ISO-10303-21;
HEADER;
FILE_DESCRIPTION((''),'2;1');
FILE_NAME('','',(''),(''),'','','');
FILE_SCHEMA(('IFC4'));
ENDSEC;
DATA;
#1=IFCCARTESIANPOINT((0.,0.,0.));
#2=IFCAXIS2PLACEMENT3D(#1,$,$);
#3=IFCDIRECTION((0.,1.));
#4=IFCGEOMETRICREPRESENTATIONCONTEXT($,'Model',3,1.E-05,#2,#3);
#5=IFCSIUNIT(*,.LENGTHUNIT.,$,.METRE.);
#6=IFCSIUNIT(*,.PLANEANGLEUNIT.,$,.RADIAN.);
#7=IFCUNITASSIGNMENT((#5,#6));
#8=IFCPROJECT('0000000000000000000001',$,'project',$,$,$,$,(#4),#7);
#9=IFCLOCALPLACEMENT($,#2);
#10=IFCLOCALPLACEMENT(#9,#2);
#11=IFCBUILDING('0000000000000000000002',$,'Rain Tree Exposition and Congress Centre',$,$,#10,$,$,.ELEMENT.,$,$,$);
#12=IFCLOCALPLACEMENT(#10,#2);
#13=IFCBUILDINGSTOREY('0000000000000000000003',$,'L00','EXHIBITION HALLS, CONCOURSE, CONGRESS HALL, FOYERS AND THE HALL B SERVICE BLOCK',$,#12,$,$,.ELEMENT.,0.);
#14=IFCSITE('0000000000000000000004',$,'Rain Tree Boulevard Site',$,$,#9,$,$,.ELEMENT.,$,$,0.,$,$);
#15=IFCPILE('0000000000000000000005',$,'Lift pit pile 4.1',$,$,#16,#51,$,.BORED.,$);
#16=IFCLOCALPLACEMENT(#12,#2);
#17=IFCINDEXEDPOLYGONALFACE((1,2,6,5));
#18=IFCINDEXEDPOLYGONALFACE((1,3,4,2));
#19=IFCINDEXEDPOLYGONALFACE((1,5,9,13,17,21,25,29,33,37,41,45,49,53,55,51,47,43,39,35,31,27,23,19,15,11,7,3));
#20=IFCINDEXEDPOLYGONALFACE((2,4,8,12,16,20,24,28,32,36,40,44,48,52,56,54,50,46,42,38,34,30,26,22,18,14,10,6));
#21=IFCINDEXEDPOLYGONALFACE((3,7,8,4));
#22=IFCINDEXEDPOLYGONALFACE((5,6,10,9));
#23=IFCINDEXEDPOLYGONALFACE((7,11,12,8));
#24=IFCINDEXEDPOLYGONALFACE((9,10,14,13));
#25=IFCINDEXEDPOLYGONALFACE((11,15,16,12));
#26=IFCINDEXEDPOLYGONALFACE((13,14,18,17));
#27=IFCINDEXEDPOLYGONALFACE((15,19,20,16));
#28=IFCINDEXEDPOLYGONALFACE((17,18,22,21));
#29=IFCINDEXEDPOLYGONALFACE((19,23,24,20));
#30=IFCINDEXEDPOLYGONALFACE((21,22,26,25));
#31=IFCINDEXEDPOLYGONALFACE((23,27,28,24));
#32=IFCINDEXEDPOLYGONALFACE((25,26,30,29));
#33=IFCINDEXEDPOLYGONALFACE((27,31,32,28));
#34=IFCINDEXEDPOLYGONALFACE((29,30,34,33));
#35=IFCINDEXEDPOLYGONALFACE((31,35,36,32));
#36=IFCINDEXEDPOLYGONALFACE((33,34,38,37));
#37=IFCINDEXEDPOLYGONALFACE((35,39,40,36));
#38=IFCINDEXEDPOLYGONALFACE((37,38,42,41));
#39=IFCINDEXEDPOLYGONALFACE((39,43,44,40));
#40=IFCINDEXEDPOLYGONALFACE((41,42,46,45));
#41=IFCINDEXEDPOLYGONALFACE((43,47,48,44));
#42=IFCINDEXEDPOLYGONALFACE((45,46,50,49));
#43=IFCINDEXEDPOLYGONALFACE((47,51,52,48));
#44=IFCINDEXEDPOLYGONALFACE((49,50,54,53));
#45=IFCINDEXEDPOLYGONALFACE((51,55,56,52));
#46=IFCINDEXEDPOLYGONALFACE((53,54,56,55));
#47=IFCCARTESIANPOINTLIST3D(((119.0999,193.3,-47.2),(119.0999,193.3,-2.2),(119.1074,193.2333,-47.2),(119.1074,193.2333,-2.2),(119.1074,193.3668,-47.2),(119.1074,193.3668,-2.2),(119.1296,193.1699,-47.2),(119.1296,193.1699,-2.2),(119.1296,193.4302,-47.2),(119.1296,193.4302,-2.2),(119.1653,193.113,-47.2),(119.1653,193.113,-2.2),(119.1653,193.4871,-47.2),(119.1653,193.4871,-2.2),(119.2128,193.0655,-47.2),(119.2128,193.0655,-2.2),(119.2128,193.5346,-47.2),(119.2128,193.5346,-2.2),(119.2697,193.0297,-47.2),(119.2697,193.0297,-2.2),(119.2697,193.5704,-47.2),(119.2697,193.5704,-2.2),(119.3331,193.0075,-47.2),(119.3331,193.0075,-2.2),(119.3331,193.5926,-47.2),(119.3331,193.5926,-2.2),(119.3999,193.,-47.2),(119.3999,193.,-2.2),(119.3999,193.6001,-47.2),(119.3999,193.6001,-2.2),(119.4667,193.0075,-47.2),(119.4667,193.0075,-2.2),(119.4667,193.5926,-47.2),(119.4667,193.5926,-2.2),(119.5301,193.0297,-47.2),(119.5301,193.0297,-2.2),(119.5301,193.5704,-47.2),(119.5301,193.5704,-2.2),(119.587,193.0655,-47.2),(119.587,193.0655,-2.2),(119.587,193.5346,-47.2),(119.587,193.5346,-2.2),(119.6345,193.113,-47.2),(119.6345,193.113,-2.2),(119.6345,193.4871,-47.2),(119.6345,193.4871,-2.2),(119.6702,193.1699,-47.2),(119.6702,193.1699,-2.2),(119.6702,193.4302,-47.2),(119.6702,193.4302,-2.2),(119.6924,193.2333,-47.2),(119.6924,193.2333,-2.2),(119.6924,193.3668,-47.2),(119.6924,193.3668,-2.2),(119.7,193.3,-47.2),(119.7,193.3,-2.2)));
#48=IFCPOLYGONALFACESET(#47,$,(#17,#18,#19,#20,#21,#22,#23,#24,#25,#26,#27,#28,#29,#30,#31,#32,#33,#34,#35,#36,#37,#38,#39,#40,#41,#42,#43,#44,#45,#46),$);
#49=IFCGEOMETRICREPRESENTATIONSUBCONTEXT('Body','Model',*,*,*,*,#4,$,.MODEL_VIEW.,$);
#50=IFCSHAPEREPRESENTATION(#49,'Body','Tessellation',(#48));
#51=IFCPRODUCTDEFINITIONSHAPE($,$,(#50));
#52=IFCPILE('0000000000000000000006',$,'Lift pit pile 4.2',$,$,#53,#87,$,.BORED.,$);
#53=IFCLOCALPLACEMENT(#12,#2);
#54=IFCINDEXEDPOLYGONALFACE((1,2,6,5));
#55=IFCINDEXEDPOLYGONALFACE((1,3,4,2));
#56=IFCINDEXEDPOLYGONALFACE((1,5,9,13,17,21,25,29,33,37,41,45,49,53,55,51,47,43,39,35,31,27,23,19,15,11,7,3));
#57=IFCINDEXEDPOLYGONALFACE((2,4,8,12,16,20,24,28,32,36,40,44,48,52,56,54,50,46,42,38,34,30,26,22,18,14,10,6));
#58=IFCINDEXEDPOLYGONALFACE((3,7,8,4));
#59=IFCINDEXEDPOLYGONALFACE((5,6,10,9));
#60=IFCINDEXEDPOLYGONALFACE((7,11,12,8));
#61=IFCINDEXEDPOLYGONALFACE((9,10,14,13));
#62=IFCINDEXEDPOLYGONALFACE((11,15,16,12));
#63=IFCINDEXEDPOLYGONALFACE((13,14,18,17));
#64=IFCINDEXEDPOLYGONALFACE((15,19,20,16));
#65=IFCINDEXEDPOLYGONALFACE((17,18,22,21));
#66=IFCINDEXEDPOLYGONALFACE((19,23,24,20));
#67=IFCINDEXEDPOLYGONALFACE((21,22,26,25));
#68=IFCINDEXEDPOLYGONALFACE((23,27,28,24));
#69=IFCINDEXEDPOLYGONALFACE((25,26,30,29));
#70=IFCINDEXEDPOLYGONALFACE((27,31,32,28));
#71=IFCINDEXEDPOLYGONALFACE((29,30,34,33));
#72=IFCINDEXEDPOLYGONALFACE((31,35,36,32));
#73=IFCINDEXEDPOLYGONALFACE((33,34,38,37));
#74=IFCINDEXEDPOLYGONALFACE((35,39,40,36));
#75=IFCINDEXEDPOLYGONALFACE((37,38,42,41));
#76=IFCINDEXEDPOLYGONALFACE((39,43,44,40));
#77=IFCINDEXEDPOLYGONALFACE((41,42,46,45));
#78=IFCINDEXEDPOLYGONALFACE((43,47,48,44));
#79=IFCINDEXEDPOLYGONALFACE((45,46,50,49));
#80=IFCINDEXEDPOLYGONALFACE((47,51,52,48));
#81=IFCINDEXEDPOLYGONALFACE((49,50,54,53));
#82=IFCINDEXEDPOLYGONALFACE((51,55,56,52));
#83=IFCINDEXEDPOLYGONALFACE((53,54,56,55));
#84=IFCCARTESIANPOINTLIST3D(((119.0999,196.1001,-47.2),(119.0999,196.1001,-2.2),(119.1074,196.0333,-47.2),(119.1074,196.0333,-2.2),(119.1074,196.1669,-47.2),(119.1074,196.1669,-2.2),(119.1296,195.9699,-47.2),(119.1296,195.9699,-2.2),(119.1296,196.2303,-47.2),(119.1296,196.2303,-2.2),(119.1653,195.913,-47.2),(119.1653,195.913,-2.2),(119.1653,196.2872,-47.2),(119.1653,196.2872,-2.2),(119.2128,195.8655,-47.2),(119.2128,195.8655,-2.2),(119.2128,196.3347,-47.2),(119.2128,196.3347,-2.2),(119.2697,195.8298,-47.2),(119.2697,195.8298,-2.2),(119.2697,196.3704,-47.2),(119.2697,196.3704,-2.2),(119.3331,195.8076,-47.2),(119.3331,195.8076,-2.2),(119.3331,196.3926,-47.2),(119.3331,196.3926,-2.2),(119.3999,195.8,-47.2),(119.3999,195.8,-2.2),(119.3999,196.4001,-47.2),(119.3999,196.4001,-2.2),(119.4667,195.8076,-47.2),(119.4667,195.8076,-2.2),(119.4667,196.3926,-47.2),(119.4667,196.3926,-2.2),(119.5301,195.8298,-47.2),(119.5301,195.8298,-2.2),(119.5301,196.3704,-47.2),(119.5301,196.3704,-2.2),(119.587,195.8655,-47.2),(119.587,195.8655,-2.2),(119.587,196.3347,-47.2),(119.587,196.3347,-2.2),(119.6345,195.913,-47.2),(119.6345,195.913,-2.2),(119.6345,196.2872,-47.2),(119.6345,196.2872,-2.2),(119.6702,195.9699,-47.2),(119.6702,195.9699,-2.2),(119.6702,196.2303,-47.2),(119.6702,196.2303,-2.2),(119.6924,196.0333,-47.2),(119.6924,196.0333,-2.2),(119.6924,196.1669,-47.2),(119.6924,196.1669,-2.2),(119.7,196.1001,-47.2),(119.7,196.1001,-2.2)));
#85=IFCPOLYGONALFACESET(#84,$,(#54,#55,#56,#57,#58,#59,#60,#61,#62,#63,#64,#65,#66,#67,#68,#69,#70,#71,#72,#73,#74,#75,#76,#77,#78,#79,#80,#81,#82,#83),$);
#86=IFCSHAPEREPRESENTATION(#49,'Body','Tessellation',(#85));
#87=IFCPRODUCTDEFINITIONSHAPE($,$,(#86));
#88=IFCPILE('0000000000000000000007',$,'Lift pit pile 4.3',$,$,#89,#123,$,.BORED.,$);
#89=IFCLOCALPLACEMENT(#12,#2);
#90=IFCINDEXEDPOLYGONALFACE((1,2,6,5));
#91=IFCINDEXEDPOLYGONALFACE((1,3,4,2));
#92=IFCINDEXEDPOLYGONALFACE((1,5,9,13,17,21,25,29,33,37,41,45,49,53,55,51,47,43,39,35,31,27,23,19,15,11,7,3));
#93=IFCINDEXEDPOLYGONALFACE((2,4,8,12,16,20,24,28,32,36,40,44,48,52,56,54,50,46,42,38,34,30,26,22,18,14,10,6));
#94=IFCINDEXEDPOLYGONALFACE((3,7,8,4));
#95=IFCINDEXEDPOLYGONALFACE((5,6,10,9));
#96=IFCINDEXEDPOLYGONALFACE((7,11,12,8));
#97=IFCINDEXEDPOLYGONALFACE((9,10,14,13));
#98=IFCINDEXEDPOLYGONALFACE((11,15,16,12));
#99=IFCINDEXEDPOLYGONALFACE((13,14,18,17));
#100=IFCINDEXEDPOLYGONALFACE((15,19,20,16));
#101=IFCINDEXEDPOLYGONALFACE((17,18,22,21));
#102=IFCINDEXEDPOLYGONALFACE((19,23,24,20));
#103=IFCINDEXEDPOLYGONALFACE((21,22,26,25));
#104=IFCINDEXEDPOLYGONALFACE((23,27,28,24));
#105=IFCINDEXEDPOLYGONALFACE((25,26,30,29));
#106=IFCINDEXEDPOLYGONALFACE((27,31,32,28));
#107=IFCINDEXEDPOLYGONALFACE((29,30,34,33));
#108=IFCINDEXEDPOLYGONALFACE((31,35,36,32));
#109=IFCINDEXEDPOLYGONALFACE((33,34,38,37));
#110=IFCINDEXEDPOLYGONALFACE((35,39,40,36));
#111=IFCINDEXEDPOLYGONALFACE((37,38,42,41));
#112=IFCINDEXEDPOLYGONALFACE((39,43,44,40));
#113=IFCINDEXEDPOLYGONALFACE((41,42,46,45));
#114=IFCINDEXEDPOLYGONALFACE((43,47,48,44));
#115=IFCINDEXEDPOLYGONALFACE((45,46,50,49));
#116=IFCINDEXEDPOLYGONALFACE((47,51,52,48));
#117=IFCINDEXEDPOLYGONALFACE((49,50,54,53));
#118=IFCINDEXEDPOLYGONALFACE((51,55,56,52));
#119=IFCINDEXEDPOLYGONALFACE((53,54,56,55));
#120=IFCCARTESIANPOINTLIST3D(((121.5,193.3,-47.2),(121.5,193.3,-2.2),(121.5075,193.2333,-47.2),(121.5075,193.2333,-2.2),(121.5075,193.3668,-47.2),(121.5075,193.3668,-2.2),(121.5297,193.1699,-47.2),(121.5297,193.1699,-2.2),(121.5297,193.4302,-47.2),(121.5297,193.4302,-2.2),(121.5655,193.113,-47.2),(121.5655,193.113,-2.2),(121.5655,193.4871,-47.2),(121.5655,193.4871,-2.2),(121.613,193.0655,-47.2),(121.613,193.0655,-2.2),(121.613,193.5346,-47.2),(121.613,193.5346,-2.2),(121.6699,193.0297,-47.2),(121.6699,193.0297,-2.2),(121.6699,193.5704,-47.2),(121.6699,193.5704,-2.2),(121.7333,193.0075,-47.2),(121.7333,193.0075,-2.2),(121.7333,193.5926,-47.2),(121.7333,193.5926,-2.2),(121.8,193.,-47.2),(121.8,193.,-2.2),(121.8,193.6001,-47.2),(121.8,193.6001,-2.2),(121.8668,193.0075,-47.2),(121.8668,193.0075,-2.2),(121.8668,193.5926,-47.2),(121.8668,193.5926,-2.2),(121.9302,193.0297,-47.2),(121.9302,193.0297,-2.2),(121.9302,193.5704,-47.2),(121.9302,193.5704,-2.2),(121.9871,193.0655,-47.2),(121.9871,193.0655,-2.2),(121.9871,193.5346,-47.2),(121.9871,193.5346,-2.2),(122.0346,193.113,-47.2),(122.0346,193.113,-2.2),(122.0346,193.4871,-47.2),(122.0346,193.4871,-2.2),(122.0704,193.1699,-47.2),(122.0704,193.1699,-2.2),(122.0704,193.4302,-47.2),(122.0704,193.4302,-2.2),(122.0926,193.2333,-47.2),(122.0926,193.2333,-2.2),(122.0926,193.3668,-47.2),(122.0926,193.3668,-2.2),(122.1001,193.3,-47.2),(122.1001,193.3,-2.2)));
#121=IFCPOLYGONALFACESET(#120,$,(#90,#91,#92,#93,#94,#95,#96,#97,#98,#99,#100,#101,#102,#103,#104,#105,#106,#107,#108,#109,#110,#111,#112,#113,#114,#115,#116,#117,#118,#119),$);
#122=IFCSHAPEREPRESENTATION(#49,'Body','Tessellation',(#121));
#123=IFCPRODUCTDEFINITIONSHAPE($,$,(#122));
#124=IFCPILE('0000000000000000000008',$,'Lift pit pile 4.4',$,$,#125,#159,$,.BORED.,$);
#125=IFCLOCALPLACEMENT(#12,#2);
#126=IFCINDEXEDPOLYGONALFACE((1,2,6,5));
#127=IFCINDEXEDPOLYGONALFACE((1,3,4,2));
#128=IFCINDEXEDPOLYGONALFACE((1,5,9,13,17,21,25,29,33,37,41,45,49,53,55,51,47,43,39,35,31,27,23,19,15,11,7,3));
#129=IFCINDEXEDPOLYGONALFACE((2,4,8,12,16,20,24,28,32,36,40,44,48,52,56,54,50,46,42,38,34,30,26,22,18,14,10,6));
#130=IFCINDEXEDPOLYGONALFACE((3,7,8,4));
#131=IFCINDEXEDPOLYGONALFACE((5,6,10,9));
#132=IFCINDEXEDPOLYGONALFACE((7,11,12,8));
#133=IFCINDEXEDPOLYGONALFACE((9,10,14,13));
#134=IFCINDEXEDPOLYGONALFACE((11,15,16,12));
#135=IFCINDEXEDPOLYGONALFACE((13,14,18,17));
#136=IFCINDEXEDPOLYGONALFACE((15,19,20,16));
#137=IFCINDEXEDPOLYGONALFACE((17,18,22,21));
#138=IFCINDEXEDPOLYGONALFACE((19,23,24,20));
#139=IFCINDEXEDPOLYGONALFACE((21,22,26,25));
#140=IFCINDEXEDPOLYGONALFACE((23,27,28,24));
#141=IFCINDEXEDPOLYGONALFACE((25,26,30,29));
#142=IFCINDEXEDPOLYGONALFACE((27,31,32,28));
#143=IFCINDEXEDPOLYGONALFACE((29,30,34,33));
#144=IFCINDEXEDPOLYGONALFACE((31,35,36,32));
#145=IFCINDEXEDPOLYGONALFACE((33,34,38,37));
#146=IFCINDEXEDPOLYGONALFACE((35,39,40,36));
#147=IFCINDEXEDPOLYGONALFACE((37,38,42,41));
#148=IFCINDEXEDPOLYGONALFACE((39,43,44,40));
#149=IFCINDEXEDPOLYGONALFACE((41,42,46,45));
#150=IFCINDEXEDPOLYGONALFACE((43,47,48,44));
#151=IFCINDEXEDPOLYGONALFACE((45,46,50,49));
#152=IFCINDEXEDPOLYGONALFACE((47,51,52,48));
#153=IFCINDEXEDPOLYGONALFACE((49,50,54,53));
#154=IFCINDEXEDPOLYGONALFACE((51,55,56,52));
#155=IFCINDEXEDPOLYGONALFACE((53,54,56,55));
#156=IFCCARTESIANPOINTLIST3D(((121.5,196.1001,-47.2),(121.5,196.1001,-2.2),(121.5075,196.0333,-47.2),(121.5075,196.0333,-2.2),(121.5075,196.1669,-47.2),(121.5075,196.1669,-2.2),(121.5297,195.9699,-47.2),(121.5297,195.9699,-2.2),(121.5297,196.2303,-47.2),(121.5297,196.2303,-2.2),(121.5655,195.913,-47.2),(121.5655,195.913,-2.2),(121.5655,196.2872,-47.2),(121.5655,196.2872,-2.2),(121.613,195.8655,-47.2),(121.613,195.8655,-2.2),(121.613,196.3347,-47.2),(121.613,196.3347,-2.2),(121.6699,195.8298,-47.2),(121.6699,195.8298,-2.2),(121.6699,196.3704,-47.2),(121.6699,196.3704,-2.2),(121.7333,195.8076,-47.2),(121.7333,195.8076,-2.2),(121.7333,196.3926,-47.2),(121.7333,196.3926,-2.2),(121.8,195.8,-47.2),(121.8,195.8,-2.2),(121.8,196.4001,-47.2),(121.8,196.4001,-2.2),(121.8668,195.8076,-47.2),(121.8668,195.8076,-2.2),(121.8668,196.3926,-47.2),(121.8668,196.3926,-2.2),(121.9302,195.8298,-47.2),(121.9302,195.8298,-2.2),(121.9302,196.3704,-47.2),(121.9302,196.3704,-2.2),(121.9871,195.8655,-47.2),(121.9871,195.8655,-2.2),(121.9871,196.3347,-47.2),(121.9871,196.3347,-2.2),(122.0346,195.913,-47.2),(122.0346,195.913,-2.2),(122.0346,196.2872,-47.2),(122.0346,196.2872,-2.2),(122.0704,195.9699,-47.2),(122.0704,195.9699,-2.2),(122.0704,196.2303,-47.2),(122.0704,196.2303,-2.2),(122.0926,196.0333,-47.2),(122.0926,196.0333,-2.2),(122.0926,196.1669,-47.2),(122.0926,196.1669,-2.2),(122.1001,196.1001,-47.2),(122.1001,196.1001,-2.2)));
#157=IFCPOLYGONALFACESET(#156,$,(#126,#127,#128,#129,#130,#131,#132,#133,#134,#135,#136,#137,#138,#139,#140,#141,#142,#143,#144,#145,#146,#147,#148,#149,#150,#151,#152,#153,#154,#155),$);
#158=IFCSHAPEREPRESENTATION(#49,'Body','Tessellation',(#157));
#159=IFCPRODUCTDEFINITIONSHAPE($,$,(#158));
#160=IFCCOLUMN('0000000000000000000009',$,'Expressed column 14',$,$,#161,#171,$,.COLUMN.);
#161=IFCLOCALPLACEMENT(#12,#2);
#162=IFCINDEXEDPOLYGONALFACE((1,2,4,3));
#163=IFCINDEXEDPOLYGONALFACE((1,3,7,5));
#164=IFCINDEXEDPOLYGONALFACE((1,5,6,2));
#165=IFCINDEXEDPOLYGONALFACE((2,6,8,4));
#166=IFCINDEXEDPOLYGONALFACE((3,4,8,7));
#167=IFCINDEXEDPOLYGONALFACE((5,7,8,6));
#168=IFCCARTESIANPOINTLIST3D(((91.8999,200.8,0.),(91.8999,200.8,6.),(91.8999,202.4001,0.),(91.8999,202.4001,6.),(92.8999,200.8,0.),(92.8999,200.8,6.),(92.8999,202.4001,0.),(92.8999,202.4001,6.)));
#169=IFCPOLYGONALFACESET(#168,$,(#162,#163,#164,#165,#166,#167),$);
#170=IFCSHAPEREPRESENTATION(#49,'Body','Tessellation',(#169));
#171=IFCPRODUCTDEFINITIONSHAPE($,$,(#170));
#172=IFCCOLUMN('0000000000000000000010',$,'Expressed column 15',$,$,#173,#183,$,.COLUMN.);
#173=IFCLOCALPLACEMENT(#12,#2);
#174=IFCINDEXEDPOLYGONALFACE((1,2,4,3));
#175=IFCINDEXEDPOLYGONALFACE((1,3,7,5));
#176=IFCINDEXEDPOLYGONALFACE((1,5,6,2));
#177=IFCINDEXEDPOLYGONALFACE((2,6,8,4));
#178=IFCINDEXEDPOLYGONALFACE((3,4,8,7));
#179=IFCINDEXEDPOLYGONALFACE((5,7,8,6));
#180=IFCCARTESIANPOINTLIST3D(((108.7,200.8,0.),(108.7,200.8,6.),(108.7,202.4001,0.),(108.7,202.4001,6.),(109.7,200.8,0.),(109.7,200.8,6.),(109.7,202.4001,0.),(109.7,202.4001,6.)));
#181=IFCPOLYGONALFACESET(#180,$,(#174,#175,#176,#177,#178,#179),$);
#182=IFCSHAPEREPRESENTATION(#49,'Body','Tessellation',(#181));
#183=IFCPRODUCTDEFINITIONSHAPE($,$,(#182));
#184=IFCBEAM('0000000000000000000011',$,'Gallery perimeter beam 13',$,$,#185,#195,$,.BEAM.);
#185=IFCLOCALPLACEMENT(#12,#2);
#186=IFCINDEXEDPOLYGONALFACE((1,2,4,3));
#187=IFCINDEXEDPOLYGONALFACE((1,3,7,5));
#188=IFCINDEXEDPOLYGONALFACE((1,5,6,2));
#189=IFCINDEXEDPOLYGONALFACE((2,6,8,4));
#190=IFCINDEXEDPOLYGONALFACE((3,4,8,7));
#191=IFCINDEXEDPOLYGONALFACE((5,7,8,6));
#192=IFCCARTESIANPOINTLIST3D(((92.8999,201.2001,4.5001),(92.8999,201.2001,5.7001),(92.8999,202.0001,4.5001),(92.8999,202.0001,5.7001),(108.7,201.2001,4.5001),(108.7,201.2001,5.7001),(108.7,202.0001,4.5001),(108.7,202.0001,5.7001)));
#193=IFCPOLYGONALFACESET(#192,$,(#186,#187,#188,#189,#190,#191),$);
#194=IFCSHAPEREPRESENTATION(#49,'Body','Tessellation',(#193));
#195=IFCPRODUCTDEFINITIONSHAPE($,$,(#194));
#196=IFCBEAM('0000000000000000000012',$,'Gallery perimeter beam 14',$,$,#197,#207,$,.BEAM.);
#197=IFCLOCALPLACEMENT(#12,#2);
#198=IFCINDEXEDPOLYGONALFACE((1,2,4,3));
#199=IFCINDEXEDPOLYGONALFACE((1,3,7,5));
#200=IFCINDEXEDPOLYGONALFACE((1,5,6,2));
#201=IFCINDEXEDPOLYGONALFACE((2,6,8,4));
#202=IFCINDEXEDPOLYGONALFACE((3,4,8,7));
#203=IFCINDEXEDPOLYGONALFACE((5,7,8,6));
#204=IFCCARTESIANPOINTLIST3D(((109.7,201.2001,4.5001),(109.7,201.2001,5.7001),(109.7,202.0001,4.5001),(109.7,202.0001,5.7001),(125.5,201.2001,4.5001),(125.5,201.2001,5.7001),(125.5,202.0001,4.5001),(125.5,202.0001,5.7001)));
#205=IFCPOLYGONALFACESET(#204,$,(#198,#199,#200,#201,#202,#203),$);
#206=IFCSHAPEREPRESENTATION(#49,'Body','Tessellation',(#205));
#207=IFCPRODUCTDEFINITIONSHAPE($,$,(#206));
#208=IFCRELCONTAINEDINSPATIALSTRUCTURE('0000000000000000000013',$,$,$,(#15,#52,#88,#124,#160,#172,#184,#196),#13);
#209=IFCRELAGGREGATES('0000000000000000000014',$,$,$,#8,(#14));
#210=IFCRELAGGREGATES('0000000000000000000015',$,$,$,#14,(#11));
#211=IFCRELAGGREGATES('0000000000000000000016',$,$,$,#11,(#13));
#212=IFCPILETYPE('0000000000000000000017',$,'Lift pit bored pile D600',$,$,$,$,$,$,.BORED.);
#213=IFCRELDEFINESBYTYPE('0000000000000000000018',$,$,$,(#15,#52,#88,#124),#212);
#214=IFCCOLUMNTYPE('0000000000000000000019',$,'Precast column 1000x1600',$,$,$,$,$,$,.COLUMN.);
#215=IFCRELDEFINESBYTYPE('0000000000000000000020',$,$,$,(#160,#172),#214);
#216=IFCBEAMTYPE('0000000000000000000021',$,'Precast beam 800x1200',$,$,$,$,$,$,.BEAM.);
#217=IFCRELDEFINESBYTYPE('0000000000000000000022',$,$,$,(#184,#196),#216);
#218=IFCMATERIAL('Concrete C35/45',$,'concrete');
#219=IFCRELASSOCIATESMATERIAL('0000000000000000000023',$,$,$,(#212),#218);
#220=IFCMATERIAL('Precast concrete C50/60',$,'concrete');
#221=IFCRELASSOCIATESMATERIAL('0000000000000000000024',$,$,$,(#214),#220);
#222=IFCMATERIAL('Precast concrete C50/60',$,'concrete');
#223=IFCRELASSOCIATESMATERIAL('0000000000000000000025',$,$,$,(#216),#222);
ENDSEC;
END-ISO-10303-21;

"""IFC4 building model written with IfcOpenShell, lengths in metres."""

from ifc_helpers import new_model, si_unit, direction, frame, origin, origin_2d, place, context, subcontext, project, spatial, rectangle, circle, extrude, material, material_profile, profile_set, type_object, element, save


model = new_model("IFC4")

# Units and contexts
model_context = context("Model", 3, precision=1e-05, world=origin(), true_north=direction((0.0, 1.0)))
body_context = subcontext(model_context, "Body", "Model", "MODEL_VIEW")
ifc_project = project(units=[si_unit("LENGTHUNIT", "METRE"), si_unit("PLANEANGLEUNIT", "RADIAN")], contexts=[model_context])

# Site, building, storey
site_placement = place(None, origin())
site = spatial("IfcSite", under=ifc_project, at=site_placement, Name="Rain Tree Boulevard Site", CompositionType="ELEMENT", RefElevation=0.0)
building_placement = place(site_placement, origin())
building = spatial("IfcBuilding", under=site, at=building_placement, Name="Rain Tree Exposition and Congress Centre", CompositionType="ELEMENT")
storey_placement = place(building_placement, origin())
storey = spatial("IfcBuildingStorey", under=building, at=storey_placement, Name="L00", Description="EXHIBITION HALLS, CONCOURSE, CONGRESS HALL, FOYERS AND THE HALL B SERVICE BLOCK", CompositionType="ELEMENT", Elevation=0.0)

# Piles
ifc_material_1 = material(Name="Concrete C35/45", Category="concrete")
ifc_material_profile_1 = material_profile(ifc_material_1, circle(Radius=0.3, at=origin_2d()), Name="D600")
ifc_profile_set_1 = profile_set([ifc_material_profile_1], Name="Concrete C35/45")
pile_type = type_object("IfcPileType", Name="Lift pit bored pile D600", PredefinedType="BORED", material=ifc_profile_set_1)
for number, where, z_axis, x_axis, name in (
    (1, (119.3999, 193.3, -2.2), (0.0, 0.0, -1.0), (1.0, 0.0, 0.0), "Lift pit pile 4.1"),
    (2, (119.3999, 196.1001, -2.2), (0.0, 0.0, -1.0), (1.0, 0.0, 0.0), "Lift pit pile 4.2"),
    (3, (121.8, 193.3, -2.2), (0.0, 0.0, -1.0), (1.0, 0.0, 0.0), "Lift pit pile 4.3"),
    (4, (121.8, 196.1001, -2.2), (0.0, 0.0, -1.0), (1.0, 0.0, 0.0), "Lift pit pile 4.4"),
):
    element("IfcPile", number, at=place(storey_placement, frame(where, z_axis=z_axis, x_axis=x_axis)), inside=storey, type_object=pile_type, Name=name, PredefinedType="BORED", context=body_context, shape_type="SweptSolid", body=[
        extrude(circle(Radius=0.3, at=origin_2d()), origin(), (0.0, 0.0, 1.0), 45.0),
    ])

# Columns
ifc_material_2 = material(Name="Precast concrete C50/60", Category="concrete")
ifc_material_profile_2 = material_profile(ifc_material_2, rectangle(XDim=1.0, YDim=1.6001, at=origin_2d()), Name="RC 1000x1600")
ifc_profile_set_2 = profile_set([ifc_material_profile_2], Name="Precast concrete C50/60")
column_type = type_object("IfcColumnType", Name="Precast column 1000x1600", PredefinedType="COLUMN", material=ifc_profile_set_2)
for number, where, z_axis, x_axis, name in (
    (5, (92.3999, 201.6001, 0.0), (0.0, 0.0, 1.0), (1.0, 0.0, 0.0), "Expressed column 14"),
    (6, (109.2, 201.6001, 0.0), (0.0, 0.0, 1.0), (1.0, 0.0, 0.0), "Expressed column 15"),
):
    element("IfcColumn", number, at=place(storey_placement, frame(where, z_axis=z_axis, x_axis=x_axis)), inside=storey, type_object=column_type, Name=name, PredefinedType="COLUMN", context=body_context, shape_type="SweptSolid", body=[
        extrude(rectangle(XDim=1.0, YDim=1.6001, at=origin_2d()), origin(), (0.0, 0.0, 1.0), 6.0),
    ])

# Beams
ifc_material_3 = material(Name="Precast concrete C50/60", Category="concrete")
ifc_material_profile_3 = material_profile(ifc_material_3, rectangle(XDim=0.8, YDim=1.2, at=origin_2d()), Name="RC 800x1200")
ifc_profile_set_3 = profile_set([ifc_material_profile_3], Name="Precast concrete C50/60")
beam_type = type_object("IfcBeamType", Name="Precast beam 800x1200", PredefinedType="BEAM", material=ifc_profile_set_3)
for number, where, z_axis, x_axis, name in (
    (7, (92.8999, 201.6001, 5.1001), (1.0, 0.0, 0.0), (0.0, 1.0, 0.0), "Gallery perimeter beam 13"),
    (8, (109.7, 201.6001, 5.1001), (1.0, 0.0, 0.0), (0.0, 1.0, 0.0), "Gallery perimeter beam 14"),
):
    element("IfcBeam", number, at=place(storey_placement, frame(where, z_axis=z_axis, x_axis=x_axis)), inside=storey, type_object=beam_type, Name=name, PredefinedType="BEAM", context=body_context, shape_type="SweptSolid", body=[
        extrude(rectangle(XDim=0.8, YDim=1.2, at=origin_2d()), origin(), (0.0, 0.0, 1.0), 15.8),
    ])

save(model, "model.ifc")
